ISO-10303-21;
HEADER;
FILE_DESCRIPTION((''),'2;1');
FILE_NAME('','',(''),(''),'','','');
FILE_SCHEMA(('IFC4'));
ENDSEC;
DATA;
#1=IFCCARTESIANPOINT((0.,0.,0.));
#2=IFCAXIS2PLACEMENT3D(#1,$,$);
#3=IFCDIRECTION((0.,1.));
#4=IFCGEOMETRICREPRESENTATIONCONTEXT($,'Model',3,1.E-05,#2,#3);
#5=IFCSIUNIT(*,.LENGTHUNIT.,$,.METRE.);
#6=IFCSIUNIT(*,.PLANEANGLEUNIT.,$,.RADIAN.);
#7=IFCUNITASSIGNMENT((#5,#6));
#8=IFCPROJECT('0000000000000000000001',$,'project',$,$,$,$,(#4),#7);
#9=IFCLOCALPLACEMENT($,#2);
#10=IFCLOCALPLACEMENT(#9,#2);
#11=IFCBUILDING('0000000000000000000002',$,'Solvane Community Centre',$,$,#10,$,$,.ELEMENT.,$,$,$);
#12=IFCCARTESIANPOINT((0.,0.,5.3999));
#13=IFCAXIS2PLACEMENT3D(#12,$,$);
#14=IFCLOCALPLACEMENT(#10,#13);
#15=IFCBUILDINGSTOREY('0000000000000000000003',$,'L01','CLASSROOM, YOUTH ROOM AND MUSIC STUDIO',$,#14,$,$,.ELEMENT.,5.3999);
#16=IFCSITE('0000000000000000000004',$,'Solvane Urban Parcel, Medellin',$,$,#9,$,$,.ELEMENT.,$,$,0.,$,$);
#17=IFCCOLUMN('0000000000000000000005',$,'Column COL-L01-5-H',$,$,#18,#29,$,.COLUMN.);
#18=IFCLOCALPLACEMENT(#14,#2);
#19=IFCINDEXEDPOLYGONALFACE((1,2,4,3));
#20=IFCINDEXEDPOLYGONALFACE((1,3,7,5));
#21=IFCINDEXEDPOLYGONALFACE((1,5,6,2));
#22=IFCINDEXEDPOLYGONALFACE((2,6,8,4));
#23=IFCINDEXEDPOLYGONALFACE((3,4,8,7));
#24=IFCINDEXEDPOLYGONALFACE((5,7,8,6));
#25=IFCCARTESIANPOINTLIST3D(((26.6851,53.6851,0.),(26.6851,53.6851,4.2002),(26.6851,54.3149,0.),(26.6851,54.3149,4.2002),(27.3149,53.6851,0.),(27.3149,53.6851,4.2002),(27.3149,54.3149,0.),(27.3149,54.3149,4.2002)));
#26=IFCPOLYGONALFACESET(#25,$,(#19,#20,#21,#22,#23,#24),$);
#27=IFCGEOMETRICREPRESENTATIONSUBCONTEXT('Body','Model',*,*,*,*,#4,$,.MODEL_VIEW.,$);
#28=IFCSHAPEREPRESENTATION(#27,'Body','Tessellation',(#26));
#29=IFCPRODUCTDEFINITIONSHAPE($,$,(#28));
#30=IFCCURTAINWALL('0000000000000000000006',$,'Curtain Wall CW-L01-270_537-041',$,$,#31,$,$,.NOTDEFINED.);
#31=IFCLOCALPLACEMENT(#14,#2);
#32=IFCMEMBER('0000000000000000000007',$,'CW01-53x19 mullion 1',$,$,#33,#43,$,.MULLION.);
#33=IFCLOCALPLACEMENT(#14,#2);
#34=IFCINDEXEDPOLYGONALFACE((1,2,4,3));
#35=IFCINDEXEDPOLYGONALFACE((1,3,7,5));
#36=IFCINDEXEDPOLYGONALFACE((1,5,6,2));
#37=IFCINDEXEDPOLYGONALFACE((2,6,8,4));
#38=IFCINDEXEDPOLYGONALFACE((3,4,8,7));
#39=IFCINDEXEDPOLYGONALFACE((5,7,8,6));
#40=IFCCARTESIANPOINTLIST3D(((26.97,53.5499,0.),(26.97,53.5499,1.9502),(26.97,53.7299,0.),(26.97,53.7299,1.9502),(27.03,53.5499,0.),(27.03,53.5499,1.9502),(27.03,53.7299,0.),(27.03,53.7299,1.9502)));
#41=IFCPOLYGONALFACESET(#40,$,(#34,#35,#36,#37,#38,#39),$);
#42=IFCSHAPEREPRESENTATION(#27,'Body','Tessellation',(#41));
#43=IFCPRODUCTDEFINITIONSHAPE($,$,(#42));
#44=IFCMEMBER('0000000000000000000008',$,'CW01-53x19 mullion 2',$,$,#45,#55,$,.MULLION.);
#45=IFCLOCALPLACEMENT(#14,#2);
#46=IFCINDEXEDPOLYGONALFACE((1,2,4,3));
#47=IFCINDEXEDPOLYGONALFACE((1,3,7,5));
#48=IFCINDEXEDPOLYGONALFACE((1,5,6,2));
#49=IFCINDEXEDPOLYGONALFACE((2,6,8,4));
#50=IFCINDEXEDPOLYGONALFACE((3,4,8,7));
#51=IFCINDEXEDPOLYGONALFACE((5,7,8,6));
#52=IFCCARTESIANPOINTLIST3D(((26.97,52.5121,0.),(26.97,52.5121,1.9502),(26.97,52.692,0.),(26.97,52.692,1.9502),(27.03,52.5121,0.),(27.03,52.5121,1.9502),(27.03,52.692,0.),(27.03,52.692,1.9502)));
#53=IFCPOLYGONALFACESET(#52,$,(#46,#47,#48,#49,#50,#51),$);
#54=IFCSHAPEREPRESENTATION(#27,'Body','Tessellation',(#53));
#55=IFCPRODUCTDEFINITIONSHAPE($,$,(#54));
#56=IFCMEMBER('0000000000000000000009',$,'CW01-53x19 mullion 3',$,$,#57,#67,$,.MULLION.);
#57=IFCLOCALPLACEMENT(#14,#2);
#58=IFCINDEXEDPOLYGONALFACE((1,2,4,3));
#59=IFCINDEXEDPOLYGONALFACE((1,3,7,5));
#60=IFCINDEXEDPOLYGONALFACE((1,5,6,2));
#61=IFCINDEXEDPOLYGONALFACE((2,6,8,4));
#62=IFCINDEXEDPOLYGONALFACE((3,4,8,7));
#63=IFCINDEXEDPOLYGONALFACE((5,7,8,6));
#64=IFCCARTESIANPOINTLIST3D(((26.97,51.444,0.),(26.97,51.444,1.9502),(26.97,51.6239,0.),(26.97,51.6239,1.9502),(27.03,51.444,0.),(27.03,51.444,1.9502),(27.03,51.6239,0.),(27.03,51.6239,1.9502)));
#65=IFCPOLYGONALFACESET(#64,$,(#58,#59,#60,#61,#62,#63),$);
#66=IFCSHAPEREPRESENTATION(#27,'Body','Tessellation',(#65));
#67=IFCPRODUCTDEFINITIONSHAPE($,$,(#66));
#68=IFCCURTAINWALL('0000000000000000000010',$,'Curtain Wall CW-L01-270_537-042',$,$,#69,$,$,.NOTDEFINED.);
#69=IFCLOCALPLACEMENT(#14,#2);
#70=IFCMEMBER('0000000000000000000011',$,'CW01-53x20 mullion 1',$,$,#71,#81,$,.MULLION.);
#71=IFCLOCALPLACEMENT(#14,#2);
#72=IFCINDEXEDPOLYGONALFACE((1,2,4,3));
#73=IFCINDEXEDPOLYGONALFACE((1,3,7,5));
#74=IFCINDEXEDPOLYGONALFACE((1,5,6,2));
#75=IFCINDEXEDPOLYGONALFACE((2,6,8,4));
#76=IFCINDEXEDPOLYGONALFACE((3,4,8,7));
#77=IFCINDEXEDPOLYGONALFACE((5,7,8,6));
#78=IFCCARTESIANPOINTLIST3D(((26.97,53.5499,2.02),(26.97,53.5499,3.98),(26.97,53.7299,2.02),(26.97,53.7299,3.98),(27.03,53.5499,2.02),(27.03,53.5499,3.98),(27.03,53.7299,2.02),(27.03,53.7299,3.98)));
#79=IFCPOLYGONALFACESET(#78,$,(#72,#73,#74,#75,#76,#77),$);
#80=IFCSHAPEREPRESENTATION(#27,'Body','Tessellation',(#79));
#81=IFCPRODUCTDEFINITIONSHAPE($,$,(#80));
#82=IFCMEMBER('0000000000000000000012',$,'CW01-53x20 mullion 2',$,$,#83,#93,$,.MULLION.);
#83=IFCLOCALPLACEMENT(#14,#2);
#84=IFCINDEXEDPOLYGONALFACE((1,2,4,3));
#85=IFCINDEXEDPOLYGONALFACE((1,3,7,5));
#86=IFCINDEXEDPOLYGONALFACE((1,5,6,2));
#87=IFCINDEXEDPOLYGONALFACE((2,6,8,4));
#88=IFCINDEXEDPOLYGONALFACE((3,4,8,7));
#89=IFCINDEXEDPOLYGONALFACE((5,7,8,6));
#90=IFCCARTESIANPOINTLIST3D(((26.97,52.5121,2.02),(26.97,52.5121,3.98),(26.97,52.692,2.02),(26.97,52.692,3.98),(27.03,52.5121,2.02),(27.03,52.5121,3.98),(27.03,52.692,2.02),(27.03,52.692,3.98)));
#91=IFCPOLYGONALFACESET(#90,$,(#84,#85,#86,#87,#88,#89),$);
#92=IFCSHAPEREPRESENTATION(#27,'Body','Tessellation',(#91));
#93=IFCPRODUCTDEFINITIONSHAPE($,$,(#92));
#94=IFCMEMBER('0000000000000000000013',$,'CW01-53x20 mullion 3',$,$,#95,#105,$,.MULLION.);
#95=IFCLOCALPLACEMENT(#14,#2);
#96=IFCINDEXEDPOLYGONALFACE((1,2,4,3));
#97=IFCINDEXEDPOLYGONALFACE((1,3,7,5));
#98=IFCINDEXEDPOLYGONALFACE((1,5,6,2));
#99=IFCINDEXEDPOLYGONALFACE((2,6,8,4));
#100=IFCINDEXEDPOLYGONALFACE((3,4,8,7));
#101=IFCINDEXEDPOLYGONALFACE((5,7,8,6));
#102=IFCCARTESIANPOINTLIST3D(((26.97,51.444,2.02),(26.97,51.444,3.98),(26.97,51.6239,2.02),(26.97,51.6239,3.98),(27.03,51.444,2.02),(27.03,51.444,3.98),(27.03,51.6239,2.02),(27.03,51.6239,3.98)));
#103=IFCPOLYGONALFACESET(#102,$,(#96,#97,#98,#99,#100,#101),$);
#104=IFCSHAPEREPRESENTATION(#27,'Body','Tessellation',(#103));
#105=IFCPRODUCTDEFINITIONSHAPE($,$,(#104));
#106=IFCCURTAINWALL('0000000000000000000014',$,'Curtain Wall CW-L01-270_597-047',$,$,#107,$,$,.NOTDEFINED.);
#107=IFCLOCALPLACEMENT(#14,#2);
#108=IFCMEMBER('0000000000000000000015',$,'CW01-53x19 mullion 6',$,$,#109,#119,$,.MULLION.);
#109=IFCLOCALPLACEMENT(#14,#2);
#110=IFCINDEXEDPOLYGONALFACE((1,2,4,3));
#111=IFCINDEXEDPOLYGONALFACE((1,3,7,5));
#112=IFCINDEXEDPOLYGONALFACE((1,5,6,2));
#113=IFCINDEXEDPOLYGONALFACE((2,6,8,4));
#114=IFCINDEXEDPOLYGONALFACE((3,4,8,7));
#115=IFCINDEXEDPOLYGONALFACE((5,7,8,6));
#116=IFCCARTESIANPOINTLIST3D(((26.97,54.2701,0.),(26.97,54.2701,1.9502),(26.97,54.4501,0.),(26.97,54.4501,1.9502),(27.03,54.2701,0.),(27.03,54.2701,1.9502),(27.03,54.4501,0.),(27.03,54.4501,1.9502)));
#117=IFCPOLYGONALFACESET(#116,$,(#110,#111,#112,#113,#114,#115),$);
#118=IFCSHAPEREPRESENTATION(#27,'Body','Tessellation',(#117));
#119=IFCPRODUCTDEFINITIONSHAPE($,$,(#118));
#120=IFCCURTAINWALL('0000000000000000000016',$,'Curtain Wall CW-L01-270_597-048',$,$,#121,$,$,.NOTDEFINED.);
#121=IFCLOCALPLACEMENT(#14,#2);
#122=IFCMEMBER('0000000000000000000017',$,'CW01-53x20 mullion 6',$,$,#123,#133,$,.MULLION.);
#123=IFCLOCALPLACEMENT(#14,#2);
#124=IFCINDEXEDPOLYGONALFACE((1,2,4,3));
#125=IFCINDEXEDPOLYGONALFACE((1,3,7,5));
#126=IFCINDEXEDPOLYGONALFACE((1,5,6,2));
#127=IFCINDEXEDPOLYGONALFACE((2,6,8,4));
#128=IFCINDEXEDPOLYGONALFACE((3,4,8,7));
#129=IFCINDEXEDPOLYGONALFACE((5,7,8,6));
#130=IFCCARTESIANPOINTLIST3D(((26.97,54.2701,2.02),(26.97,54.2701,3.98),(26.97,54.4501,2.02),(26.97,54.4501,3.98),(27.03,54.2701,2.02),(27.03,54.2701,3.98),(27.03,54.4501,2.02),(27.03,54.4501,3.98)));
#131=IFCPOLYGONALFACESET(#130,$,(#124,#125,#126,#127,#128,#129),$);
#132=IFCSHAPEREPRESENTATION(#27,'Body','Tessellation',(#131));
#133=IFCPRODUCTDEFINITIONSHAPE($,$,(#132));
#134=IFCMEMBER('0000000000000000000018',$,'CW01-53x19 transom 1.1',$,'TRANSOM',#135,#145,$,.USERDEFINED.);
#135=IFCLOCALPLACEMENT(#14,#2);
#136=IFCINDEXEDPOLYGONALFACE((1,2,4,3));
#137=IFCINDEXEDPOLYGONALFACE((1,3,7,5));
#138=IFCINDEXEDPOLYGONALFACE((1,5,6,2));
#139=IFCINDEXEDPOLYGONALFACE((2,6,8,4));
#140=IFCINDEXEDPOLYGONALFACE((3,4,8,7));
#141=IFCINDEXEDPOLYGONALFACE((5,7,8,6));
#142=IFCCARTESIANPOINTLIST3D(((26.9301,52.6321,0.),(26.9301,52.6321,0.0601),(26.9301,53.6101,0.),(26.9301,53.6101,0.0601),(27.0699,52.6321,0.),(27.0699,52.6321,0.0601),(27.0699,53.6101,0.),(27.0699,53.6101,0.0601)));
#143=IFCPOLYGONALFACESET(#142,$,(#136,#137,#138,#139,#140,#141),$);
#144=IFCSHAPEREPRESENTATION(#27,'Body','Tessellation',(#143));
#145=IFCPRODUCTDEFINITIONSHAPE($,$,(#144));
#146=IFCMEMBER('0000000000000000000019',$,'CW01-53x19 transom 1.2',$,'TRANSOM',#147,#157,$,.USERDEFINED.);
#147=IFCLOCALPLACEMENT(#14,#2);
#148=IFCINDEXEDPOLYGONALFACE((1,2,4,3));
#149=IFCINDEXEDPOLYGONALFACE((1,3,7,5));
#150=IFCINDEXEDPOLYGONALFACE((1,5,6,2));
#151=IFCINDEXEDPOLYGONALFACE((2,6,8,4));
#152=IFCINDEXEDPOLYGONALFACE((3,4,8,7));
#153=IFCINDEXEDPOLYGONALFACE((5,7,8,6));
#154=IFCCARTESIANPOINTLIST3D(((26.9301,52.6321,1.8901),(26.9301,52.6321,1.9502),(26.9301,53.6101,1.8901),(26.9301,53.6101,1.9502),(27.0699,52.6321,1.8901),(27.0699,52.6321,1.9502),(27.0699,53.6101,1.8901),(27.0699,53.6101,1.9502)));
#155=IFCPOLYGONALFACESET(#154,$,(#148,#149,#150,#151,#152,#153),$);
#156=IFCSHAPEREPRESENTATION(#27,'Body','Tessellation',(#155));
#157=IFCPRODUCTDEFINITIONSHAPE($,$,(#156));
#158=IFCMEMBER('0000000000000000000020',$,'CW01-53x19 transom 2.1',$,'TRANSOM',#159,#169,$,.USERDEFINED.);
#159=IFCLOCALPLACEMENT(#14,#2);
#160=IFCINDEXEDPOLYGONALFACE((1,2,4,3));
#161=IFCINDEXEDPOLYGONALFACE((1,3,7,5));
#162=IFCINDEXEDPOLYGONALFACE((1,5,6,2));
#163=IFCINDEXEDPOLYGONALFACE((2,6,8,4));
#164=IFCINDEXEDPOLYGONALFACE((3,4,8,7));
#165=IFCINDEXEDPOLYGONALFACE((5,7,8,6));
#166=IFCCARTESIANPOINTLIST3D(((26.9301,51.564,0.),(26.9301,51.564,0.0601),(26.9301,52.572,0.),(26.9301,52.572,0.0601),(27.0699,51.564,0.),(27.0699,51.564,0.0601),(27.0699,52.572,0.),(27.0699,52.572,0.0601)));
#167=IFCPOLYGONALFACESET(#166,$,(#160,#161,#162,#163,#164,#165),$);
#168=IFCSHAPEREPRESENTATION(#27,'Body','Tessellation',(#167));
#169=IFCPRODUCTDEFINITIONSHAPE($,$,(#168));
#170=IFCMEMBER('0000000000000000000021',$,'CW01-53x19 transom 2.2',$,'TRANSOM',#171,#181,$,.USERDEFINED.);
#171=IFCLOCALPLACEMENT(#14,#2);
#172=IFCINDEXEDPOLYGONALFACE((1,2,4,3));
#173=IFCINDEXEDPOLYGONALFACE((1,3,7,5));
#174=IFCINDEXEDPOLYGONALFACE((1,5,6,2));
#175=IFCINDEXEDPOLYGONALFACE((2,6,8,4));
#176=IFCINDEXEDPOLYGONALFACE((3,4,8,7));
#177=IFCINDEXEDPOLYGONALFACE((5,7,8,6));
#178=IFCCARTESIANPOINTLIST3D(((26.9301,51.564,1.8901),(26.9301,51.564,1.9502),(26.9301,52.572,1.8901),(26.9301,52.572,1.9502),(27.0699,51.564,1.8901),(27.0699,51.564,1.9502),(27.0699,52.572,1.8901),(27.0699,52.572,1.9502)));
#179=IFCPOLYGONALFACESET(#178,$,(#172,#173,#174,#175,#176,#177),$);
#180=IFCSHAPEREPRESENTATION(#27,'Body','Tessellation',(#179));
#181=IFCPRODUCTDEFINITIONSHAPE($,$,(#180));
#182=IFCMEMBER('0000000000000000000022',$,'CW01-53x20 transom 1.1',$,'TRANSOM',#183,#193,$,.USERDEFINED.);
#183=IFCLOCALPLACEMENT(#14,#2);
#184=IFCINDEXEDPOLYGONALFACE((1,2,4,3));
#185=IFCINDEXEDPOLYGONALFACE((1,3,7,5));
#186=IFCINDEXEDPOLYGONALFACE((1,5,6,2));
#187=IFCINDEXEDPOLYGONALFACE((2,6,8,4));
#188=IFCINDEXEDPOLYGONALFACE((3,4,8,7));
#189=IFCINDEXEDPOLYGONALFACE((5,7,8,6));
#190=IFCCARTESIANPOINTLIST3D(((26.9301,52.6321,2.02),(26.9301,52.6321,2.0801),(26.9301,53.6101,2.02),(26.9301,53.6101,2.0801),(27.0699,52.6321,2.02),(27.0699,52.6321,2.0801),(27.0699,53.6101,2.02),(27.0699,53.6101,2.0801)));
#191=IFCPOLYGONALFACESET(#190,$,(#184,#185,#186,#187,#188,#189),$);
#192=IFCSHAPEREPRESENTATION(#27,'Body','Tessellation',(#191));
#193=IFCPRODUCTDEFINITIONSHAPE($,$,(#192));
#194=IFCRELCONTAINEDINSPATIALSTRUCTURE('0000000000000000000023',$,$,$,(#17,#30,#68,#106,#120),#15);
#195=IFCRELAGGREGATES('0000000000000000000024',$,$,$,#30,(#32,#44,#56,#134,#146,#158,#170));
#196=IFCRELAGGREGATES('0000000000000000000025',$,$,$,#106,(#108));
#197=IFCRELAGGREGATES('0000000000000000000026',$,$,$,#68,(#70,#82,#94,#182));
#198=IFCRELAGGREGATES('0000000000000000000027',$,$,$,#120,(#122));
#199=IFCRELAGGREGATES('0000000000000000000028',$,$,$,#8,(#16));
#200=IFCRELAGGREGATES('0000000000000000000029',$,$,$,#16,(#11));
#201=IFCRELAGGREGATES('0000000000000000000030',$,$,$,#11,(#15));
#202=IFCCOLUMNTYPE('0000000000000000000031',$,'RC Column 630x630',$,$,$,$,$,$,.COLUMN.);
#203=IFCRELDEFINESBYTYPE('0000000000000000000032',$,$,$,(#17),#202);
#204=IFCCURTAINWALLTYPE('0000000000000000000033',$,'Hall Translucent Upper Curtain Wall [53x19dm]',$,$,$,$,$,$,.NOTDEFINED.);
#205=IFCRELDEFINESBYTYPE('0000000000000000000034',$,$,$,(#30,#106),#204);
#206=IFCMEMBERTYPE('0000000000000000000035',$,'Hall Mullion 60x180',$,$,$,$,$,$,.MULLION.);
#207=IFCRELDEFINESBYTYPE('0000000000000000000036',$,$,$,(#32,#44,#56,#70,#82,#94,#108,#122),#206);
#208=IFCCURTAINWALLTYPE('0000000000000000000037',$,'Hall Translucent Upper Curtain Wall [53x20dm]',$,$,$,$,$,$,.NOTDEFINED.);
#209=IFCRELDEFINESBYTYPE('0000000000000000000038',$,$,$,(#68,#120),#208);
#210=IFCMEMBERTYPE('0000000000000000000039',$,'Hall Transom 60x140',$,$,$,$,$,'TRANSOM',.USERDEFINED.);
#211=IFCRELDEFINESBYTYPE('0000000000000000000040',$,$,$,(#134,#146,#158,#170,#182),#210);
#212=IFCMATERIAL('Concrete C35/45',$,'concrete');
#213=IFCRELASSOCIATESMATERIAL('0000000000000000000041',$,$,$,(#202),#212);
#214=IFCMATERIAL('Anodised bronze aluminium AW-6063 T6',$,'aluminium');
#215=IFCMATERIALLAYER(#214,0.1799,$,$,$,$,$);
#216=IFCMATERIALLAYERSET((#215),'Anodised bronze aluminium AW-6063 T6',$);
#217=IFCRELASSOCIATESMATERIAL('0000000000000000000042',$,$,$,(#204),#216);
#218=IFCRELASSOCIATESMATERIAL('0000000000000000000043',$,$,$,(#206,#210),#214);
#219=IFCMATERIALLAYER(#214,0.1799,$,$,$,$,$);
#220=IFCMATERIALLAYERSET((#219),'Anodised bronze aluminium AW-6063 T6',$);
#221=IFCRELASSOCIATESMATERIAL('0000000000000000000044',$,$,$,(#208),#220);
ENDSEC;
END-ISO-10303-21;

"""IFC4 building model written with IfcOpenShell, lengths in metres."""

from ifc_helpers import new_model, si_unit, direction, frame, origin, origin_2d, place, context, subcontext, project, spatial, rectangle, extrude, material, layer, layer_set, material_profile, profile_set, type_object, element, aggregate, save


model = new_model("IFC4")

# Units and contexts
model_context = context("Model", 3, precision=1e-05, world=origin(), true_north=direction((0.0, 1.0)))
body_context = subcontext(model_context, "Body", "Model", "MODEL_VIEW")
ifc_project = project(units=[si_unit("LENGTHUNIT", "METRE"), si_unit("PLANEANGLEUNIT", "RADIAN")], contexts=[model_context])

# Site, building, storey
site_placement = place(None, origin())
site = spatial("IfcSite", under=ifc_project, at=site_placement, Name="Solvane Urban Parcel, Medellin", CompositionType="ELEMENT", RefElevation=0.0)
building_placement = place(site_placement, origin())
building = spatial("IfcBuilding", under=site, at=building_placement, Name="Solvane Community Centre", CompositionType="ELEMENT")
storey_placement = place(building_placement, frame((0.0, 0.0, 5.3999)))
storey = spatial("IfcBuildingStorey", under=building, at=storey_placement, Name="L01", Description="CLASSROOM, YOUTH ROOM AND MUSIC STUDIO", CompositionType="ELEMENT", Elevation=5.3999)

# Column
ifc_material_1 = material(Name="Concrete C35/45", Category="concrete")
ifc_material_profile_1 = material_profile(ifc_material_1, rectangle(XDim=0.6299, YDim=0.6299, at=origin_2d()), Name="RC 630x630")
ifc_profile_set_1 = profile_set([ifc_material_profile_1], Name="Concrete C35/45")
column_type = type_object("IfcColumnType", Name="RC Column 630x630", PredefinedType="COLUMN", material=ifc_profile_set_1)
column_placement = place(storey_placement, frame((27.0, 54.0, 0.0), z_axis=(0.0, 0.0, 1.0), x_axis=(1.0, 0.0, 0.0)))
element("IfcColumn", 1, at=column_placement, inside=storey, type_object=column_type, Name="Column COL-L01-5-H", PredefinedType="COLUMN", context=body_context, shape_type="SweptSolid", body=[
    extrude(rectangle(XDim=0.6299, YDim=0.6299, at=origin_2d()), origin(), (0.0, 0.0, 1.0), 4.2002),
])

# Curtain walls, members
ifc_material_2 = material(Name="Anodised bronze aluminium AW-6063 T6", Category="aluminium")
ifc_layer_1 = layer(ifc_material_2, 0.1799)
ifc_layer_set_1 = layer_set([ifc_layer_1], Name="Anodised bronze aluminium AW-6063 T6")
curtain_wall_type_1 = type_object("IfcCurtainWallType", Name="Hall Translucent Upper Curtain Wall [53x19dm]", PredefinedType="NOTDEFINED", material=ifc_layer_set_1)
curtain_wall_1_placement = place(storey_placement, origin())
curtain_wall_1 = element("IfcCurtainWall", 2, at=curtain_wall_1_placement, inside=storey, type_object=curtain_wall_type_1, Name="Curtain Wall CW-L01-270_537-041", PredefinedType="NOTDEFINED")
ifc_material_profile_2 = material_profile(ifc_material_2, rectangle(XDim=0.0601, YDim=0.1799, at=origin_2d()), Name="CW-M 60x180")
ifc_profile_set_2 = profile_set([ifc_material_profile_2], Name="Anodised bronze aluminium AW-6063 T6")
member_type_1 = type_object("IfcMemberType", Name="Hall Mullion 60x180", PredefinedType="MULLION", material=ifc_profile_set_2)
member_1_placement = place(storey_placement, frame((27.0, 53.6399, 0.0), z_axis=(0.0, 0.0, 1.0), x_axis=(1.0, 0.0, 0.0)))
member_1 = element("IfcMember", 3, at=member_1_placement, type_object=member_type_1, Name="CW01-53x19 mullion 1", PredefinedType="MULLION", context=body_context, shape_type="SweptSolid", body=[
    extrude(rectangle(XDim=0.0601, YDim=0.1799, at=origin_2d()), origin(), (0.0, 0.0, 1.0), 1.9502),
])
member_2_placement = place(storey_placement, frame((27.0, 52.6021, 0.0), z_axis=(0.0, 0.0, 1.0), x_axis=(1.0, 0.0, 0.0)))
member_2 = element("IfcMember", 4, at=member_2_placement, type_object=member_type_1, Name="CW01-53x19 mullion 2", PredefinedType="MULLION", context=body_context, shape_type="SweptSolid", body=[
    extrude(rectangle(XDim=0.0601, YDim=0.1799, at=origin_2d()), origin(), (0.0, 0.0, 1.0), 1.9502),
])
member_3_placement = place(storey_placement, frame((27.0, 51.5339, 0.0), z_axis=(0.0, 0.0, 1.0), x_axis=(1.0, 0.0, 0.0)))
member_3 = element("IfcMember", 5, at=member_3_placement, type_object=member_type_1, Name="CW01-53x19 mullion 3", PredefinedType="MULLION", context=body_context, shape_type="SweptSolid", body=[
    extrude(rectangle(XDim=0.0601, YDim=0.1799, at=origin_2d()), origin(), (0.0, 0.0, 1.0), 1.9502),
])
ifc_layer_2 = layer(ifc_material_2, 0.1799)
ifc_layer_set_2 = layer_set([ifc_layer_2], Name="Anodised bronze aluminium AW-6063 T6")
curtain_wall_type_2 = type_object("IfcCurtainWallType", Name="Hall Translucent Upper Curtain Wall [53x20dm]", PredefinedType="NOTDEFINED", material=ifc_layer_set_2)
curtain_wall_2_placement = place(storey_placement, origin())
curtain_wall_2 = element("IfcCurtainWall", 6, at=curtain_wall_2_placement, inside=storey, type_object=curtain_wall_type_2, Name="Curtain Wall CW-L01-270_537-042", PredefinedType="NOTDEFINED")
member_4_placement = place(storey_placement, frame((27.0, 53.6399, 2.02), z_axis=(0.0, 0.0, 1.0), x_axis=(1.0, 0.0, 0.0)))
member_4 = element("IfcMember", 7, at=member_4_placement, type_object=member_type_1, Name="CW01-53x20 mullion 1", PredefinedType="MULLION", context=body_context, shape_type="SweptSolid", body=[
    extrude(rectangle(XDim=0.0601, YDim=0.1799, at=origin_2d()), origin(), (0.0, 0.0, 1.0), 1.96),
])
member_5_placement = place(storey_placement, frame((27.0, 52.6021, 2.02), z_axis=(0.0, 0.0, 1.0), x_axis=(1.0, 0.0, 0.0)))
member_5 = element("IfcMember", 8, at=member_5_placement, type_object=member_type_1, Name="CW01-53x20 mullion 2", PredefinedType="MULLION", context=body_context, shape_type="SweptSolid", body=[
    extrude(rectangle(XDim=0.0601, YDim=0.1799, at=origin_2d()), origin(), (0.0, 0.0, 1.0), 1.96),
])
member_6_placement = place(storey_placement, frame((27.0, 51.5339, 2.02), z_axis=(0.0, 0.0, 1.0), x_axis=(1.0, 0.0, 0.0)))
member_6 = element("IfcMember", 9, at=member_6_placement, type_object=member_type_1, Name="CW01-53x20 mullion 3", PredefinedType="MULLION", context=body_context, shape_type="SweptSolid", body=[
    extrude(rectangle(XDim=0.0601, YDim=0.1799, at=origin_2d()), origin(), (0.0, 0.0, 1.0), 1.96),
])

# Curtain walls, members
curtain_wall_3_placement = place(storey_placement, origin())
curtain_wall_3 = element("IfcCurtainWall", 10, at=curtain_wall_3_placement, inside=storey, type_object=curtain_wall_type_1, Name="Curtain Wall CW-L01-270_597-047", PredefinedType="NOTDEFINED")
member_7_placement = place(storey_placement, frame((27.0, 54.3601, 0.0), z_axis=(0.0, 0.0, 1.0), x_axis=(1.0, 0.0, 0.0)))
member_7 = element("IfcMember", 11, at=member_7_placement, type_object=member_type_1, Name="CW01-53x19 mullion 6", PredefinedType="MULLION", context=body_context, shape_type="SweptSolid", body=[
    extrude(rectangle(XDim=0.0601, YDim=0.1799, at=origin_2d()), origin(), (0.0, 0.0, 1.0), 1.9502),
])
curtain_wall_4_placement = place(storey_placement, origin())
curtain_wall_4 = element("IfcCurtainWall", 12, at=curtain_wall_4_placement, inside=storey, type_object=curtain_wall_type_2, Name="Curtain Wall CW-L01-270_597-048", PredefinedType="NOTDEFINED")
member_8_placement = place(storey_placement, frame((27.0, 54.3601, 2.02), z_axis=(0.0, 0.0, 1.0), x_axis=(1.0, 0.0, 0.0)))
member_8 = element("IfcMember", 13, at=member_8_placement, type_object=member_type_1, Name="CW01-53x20 mullion 6", PredefinedType="MULLION", context=body_context, shape_type="SweptSolid", body=[
    extrude(rectangle(XDim=0.0601, YDim=0.1799, at=origin_2d()), origin(), (0.0, 0.0, 1.0), 1.96),
])

# Members
ifc_material_profile_3 = material_profile(ifc_material_2, rectangle(XDim=0.1399, YDim=0.0601, at=origin_2d()), Name="CW-T 60x140")
ifc_profile_set_3 = profile_set([ifc_material_profile_3], Name="Anodised bronze aluminium AW-6063 T6")
member_type_2 = type_object("IfcMemberType", Name="Hall Transom 60x140", ElementType="TRANSOM", PredefinedType="USERDEFINED", material=ifc_profile_set_3)
member_9_placement = place(storey_placement, frame((27.0, 53.6101, 0.03), z_axis=(0.0, -1.0, 0.0), x_axis=(1.0, 0.0, 0.0)))
member_9 = element("IfcMember", 14, at=member_9_placement, type_object=member_type_2, Name="CW01-53x19 transom 1.1", ObjectType="TRANSOM", PredefinedType="USERDEFINED", context=body_context, shape_type="SweptSolid", body=[
    extrude(rectangle(XDim=0.1399, YDim=0.0601, at=origin_2d()), origin(), (0.0, 0.0, 1.0), 0.978),
])
member_10_placement = place(storey_placement, frame((27.0, 53.6101, 1.9202), z_axis=(0.0, -1.0, 0.0), x_axis=(1.0, 0.0, 0.0)))
member_10 = element("IfcMember", 15, at=member_10_placement, type_object=member_type_2, Name="CW01-53x19 transom 1.2", ObjectType="TRANSOM", PredefinedType="USERDEFINED", context=body_context, shape_type="SweptSolid", body=[
    extrude(rectangle(XDim=0.1399, YDim=0.0601, at=origin_2d()), origin(), (0.0, 0.0, 1.0), 0.978),
])
member_11_placement = place(storey_placement, frame((27.0, 52.572, 0.03), z_axis=(0.0, -1.0, 0.0), x_axis=(1.0, 0.0, 0.0)))
member_11 = element("IfcMember", 16, at=member_11_placement, type_object=member_type_2, Name="CW01-53x19 transom 2.1", ObjectType="TRANSOM", PredefinedType="USERDEFINED", context=body_context, shape_type="SweptSolid", body=[
    extrude(rectangle(XDim=0.1399, YDim=0.0601, at=origin_2d()), origin(), (0.0, 0.0, 1.0), 1.0081),
])
member_12_placement = place(storey_placement, frame((27.0, 52.572, 1.9202), z_axis=(0.0, -1.0, 0.0), x_axis=(1.0, 0.0, 0.0)))
member_12 = element("IfcMember", 17, at=member_12_placement, type_object=member_type_2, Name="CW01-53x19 transom 2.2", ObjectType="TRANSOM", PredefinedType="USERDEFINED", context=body_context, shape_type="SweptSolid", body=[
    extrude(rectangle(XDim=0.1399, YDim=0.0601, at=origin_2d()), origin(), (0.0, 0.0, 1.0), 1.0081),
])
member_13_placement = place(storey_placement, frame((27.0, 53.6101, 2.05), z_axis=(0.0, -1.0, 0.0), x_axis=(1.0, 0.0, 0.0)))
member_13 = element("IfcMember", 18, at=member_13_placement, type_object=member_type_2, Name="CW01-53x20 transom 1.1", ObjectType="TRANSOM", PredefinedType="USERDEFINED", context=body_context, shape_type="SweptSolid", body=[
    extrude(rectangle(XDim=0.1399, YDim=0.0601, at=origin_2d()), origin(), (0.0, 0.0, 1.0), 0.978),
])

aggregate(curtain_wall_1, [member_1, member_2, member_3, member_9, member_10, member_11, member_12])
aggregate(curtain_wall_3, [member_7])
aggregate(curtain_wall_2, [member_4, member_5, member_6, member_13])
aggregate(curtain_wall_4, [member_8])

save(model, "model.ifc")
